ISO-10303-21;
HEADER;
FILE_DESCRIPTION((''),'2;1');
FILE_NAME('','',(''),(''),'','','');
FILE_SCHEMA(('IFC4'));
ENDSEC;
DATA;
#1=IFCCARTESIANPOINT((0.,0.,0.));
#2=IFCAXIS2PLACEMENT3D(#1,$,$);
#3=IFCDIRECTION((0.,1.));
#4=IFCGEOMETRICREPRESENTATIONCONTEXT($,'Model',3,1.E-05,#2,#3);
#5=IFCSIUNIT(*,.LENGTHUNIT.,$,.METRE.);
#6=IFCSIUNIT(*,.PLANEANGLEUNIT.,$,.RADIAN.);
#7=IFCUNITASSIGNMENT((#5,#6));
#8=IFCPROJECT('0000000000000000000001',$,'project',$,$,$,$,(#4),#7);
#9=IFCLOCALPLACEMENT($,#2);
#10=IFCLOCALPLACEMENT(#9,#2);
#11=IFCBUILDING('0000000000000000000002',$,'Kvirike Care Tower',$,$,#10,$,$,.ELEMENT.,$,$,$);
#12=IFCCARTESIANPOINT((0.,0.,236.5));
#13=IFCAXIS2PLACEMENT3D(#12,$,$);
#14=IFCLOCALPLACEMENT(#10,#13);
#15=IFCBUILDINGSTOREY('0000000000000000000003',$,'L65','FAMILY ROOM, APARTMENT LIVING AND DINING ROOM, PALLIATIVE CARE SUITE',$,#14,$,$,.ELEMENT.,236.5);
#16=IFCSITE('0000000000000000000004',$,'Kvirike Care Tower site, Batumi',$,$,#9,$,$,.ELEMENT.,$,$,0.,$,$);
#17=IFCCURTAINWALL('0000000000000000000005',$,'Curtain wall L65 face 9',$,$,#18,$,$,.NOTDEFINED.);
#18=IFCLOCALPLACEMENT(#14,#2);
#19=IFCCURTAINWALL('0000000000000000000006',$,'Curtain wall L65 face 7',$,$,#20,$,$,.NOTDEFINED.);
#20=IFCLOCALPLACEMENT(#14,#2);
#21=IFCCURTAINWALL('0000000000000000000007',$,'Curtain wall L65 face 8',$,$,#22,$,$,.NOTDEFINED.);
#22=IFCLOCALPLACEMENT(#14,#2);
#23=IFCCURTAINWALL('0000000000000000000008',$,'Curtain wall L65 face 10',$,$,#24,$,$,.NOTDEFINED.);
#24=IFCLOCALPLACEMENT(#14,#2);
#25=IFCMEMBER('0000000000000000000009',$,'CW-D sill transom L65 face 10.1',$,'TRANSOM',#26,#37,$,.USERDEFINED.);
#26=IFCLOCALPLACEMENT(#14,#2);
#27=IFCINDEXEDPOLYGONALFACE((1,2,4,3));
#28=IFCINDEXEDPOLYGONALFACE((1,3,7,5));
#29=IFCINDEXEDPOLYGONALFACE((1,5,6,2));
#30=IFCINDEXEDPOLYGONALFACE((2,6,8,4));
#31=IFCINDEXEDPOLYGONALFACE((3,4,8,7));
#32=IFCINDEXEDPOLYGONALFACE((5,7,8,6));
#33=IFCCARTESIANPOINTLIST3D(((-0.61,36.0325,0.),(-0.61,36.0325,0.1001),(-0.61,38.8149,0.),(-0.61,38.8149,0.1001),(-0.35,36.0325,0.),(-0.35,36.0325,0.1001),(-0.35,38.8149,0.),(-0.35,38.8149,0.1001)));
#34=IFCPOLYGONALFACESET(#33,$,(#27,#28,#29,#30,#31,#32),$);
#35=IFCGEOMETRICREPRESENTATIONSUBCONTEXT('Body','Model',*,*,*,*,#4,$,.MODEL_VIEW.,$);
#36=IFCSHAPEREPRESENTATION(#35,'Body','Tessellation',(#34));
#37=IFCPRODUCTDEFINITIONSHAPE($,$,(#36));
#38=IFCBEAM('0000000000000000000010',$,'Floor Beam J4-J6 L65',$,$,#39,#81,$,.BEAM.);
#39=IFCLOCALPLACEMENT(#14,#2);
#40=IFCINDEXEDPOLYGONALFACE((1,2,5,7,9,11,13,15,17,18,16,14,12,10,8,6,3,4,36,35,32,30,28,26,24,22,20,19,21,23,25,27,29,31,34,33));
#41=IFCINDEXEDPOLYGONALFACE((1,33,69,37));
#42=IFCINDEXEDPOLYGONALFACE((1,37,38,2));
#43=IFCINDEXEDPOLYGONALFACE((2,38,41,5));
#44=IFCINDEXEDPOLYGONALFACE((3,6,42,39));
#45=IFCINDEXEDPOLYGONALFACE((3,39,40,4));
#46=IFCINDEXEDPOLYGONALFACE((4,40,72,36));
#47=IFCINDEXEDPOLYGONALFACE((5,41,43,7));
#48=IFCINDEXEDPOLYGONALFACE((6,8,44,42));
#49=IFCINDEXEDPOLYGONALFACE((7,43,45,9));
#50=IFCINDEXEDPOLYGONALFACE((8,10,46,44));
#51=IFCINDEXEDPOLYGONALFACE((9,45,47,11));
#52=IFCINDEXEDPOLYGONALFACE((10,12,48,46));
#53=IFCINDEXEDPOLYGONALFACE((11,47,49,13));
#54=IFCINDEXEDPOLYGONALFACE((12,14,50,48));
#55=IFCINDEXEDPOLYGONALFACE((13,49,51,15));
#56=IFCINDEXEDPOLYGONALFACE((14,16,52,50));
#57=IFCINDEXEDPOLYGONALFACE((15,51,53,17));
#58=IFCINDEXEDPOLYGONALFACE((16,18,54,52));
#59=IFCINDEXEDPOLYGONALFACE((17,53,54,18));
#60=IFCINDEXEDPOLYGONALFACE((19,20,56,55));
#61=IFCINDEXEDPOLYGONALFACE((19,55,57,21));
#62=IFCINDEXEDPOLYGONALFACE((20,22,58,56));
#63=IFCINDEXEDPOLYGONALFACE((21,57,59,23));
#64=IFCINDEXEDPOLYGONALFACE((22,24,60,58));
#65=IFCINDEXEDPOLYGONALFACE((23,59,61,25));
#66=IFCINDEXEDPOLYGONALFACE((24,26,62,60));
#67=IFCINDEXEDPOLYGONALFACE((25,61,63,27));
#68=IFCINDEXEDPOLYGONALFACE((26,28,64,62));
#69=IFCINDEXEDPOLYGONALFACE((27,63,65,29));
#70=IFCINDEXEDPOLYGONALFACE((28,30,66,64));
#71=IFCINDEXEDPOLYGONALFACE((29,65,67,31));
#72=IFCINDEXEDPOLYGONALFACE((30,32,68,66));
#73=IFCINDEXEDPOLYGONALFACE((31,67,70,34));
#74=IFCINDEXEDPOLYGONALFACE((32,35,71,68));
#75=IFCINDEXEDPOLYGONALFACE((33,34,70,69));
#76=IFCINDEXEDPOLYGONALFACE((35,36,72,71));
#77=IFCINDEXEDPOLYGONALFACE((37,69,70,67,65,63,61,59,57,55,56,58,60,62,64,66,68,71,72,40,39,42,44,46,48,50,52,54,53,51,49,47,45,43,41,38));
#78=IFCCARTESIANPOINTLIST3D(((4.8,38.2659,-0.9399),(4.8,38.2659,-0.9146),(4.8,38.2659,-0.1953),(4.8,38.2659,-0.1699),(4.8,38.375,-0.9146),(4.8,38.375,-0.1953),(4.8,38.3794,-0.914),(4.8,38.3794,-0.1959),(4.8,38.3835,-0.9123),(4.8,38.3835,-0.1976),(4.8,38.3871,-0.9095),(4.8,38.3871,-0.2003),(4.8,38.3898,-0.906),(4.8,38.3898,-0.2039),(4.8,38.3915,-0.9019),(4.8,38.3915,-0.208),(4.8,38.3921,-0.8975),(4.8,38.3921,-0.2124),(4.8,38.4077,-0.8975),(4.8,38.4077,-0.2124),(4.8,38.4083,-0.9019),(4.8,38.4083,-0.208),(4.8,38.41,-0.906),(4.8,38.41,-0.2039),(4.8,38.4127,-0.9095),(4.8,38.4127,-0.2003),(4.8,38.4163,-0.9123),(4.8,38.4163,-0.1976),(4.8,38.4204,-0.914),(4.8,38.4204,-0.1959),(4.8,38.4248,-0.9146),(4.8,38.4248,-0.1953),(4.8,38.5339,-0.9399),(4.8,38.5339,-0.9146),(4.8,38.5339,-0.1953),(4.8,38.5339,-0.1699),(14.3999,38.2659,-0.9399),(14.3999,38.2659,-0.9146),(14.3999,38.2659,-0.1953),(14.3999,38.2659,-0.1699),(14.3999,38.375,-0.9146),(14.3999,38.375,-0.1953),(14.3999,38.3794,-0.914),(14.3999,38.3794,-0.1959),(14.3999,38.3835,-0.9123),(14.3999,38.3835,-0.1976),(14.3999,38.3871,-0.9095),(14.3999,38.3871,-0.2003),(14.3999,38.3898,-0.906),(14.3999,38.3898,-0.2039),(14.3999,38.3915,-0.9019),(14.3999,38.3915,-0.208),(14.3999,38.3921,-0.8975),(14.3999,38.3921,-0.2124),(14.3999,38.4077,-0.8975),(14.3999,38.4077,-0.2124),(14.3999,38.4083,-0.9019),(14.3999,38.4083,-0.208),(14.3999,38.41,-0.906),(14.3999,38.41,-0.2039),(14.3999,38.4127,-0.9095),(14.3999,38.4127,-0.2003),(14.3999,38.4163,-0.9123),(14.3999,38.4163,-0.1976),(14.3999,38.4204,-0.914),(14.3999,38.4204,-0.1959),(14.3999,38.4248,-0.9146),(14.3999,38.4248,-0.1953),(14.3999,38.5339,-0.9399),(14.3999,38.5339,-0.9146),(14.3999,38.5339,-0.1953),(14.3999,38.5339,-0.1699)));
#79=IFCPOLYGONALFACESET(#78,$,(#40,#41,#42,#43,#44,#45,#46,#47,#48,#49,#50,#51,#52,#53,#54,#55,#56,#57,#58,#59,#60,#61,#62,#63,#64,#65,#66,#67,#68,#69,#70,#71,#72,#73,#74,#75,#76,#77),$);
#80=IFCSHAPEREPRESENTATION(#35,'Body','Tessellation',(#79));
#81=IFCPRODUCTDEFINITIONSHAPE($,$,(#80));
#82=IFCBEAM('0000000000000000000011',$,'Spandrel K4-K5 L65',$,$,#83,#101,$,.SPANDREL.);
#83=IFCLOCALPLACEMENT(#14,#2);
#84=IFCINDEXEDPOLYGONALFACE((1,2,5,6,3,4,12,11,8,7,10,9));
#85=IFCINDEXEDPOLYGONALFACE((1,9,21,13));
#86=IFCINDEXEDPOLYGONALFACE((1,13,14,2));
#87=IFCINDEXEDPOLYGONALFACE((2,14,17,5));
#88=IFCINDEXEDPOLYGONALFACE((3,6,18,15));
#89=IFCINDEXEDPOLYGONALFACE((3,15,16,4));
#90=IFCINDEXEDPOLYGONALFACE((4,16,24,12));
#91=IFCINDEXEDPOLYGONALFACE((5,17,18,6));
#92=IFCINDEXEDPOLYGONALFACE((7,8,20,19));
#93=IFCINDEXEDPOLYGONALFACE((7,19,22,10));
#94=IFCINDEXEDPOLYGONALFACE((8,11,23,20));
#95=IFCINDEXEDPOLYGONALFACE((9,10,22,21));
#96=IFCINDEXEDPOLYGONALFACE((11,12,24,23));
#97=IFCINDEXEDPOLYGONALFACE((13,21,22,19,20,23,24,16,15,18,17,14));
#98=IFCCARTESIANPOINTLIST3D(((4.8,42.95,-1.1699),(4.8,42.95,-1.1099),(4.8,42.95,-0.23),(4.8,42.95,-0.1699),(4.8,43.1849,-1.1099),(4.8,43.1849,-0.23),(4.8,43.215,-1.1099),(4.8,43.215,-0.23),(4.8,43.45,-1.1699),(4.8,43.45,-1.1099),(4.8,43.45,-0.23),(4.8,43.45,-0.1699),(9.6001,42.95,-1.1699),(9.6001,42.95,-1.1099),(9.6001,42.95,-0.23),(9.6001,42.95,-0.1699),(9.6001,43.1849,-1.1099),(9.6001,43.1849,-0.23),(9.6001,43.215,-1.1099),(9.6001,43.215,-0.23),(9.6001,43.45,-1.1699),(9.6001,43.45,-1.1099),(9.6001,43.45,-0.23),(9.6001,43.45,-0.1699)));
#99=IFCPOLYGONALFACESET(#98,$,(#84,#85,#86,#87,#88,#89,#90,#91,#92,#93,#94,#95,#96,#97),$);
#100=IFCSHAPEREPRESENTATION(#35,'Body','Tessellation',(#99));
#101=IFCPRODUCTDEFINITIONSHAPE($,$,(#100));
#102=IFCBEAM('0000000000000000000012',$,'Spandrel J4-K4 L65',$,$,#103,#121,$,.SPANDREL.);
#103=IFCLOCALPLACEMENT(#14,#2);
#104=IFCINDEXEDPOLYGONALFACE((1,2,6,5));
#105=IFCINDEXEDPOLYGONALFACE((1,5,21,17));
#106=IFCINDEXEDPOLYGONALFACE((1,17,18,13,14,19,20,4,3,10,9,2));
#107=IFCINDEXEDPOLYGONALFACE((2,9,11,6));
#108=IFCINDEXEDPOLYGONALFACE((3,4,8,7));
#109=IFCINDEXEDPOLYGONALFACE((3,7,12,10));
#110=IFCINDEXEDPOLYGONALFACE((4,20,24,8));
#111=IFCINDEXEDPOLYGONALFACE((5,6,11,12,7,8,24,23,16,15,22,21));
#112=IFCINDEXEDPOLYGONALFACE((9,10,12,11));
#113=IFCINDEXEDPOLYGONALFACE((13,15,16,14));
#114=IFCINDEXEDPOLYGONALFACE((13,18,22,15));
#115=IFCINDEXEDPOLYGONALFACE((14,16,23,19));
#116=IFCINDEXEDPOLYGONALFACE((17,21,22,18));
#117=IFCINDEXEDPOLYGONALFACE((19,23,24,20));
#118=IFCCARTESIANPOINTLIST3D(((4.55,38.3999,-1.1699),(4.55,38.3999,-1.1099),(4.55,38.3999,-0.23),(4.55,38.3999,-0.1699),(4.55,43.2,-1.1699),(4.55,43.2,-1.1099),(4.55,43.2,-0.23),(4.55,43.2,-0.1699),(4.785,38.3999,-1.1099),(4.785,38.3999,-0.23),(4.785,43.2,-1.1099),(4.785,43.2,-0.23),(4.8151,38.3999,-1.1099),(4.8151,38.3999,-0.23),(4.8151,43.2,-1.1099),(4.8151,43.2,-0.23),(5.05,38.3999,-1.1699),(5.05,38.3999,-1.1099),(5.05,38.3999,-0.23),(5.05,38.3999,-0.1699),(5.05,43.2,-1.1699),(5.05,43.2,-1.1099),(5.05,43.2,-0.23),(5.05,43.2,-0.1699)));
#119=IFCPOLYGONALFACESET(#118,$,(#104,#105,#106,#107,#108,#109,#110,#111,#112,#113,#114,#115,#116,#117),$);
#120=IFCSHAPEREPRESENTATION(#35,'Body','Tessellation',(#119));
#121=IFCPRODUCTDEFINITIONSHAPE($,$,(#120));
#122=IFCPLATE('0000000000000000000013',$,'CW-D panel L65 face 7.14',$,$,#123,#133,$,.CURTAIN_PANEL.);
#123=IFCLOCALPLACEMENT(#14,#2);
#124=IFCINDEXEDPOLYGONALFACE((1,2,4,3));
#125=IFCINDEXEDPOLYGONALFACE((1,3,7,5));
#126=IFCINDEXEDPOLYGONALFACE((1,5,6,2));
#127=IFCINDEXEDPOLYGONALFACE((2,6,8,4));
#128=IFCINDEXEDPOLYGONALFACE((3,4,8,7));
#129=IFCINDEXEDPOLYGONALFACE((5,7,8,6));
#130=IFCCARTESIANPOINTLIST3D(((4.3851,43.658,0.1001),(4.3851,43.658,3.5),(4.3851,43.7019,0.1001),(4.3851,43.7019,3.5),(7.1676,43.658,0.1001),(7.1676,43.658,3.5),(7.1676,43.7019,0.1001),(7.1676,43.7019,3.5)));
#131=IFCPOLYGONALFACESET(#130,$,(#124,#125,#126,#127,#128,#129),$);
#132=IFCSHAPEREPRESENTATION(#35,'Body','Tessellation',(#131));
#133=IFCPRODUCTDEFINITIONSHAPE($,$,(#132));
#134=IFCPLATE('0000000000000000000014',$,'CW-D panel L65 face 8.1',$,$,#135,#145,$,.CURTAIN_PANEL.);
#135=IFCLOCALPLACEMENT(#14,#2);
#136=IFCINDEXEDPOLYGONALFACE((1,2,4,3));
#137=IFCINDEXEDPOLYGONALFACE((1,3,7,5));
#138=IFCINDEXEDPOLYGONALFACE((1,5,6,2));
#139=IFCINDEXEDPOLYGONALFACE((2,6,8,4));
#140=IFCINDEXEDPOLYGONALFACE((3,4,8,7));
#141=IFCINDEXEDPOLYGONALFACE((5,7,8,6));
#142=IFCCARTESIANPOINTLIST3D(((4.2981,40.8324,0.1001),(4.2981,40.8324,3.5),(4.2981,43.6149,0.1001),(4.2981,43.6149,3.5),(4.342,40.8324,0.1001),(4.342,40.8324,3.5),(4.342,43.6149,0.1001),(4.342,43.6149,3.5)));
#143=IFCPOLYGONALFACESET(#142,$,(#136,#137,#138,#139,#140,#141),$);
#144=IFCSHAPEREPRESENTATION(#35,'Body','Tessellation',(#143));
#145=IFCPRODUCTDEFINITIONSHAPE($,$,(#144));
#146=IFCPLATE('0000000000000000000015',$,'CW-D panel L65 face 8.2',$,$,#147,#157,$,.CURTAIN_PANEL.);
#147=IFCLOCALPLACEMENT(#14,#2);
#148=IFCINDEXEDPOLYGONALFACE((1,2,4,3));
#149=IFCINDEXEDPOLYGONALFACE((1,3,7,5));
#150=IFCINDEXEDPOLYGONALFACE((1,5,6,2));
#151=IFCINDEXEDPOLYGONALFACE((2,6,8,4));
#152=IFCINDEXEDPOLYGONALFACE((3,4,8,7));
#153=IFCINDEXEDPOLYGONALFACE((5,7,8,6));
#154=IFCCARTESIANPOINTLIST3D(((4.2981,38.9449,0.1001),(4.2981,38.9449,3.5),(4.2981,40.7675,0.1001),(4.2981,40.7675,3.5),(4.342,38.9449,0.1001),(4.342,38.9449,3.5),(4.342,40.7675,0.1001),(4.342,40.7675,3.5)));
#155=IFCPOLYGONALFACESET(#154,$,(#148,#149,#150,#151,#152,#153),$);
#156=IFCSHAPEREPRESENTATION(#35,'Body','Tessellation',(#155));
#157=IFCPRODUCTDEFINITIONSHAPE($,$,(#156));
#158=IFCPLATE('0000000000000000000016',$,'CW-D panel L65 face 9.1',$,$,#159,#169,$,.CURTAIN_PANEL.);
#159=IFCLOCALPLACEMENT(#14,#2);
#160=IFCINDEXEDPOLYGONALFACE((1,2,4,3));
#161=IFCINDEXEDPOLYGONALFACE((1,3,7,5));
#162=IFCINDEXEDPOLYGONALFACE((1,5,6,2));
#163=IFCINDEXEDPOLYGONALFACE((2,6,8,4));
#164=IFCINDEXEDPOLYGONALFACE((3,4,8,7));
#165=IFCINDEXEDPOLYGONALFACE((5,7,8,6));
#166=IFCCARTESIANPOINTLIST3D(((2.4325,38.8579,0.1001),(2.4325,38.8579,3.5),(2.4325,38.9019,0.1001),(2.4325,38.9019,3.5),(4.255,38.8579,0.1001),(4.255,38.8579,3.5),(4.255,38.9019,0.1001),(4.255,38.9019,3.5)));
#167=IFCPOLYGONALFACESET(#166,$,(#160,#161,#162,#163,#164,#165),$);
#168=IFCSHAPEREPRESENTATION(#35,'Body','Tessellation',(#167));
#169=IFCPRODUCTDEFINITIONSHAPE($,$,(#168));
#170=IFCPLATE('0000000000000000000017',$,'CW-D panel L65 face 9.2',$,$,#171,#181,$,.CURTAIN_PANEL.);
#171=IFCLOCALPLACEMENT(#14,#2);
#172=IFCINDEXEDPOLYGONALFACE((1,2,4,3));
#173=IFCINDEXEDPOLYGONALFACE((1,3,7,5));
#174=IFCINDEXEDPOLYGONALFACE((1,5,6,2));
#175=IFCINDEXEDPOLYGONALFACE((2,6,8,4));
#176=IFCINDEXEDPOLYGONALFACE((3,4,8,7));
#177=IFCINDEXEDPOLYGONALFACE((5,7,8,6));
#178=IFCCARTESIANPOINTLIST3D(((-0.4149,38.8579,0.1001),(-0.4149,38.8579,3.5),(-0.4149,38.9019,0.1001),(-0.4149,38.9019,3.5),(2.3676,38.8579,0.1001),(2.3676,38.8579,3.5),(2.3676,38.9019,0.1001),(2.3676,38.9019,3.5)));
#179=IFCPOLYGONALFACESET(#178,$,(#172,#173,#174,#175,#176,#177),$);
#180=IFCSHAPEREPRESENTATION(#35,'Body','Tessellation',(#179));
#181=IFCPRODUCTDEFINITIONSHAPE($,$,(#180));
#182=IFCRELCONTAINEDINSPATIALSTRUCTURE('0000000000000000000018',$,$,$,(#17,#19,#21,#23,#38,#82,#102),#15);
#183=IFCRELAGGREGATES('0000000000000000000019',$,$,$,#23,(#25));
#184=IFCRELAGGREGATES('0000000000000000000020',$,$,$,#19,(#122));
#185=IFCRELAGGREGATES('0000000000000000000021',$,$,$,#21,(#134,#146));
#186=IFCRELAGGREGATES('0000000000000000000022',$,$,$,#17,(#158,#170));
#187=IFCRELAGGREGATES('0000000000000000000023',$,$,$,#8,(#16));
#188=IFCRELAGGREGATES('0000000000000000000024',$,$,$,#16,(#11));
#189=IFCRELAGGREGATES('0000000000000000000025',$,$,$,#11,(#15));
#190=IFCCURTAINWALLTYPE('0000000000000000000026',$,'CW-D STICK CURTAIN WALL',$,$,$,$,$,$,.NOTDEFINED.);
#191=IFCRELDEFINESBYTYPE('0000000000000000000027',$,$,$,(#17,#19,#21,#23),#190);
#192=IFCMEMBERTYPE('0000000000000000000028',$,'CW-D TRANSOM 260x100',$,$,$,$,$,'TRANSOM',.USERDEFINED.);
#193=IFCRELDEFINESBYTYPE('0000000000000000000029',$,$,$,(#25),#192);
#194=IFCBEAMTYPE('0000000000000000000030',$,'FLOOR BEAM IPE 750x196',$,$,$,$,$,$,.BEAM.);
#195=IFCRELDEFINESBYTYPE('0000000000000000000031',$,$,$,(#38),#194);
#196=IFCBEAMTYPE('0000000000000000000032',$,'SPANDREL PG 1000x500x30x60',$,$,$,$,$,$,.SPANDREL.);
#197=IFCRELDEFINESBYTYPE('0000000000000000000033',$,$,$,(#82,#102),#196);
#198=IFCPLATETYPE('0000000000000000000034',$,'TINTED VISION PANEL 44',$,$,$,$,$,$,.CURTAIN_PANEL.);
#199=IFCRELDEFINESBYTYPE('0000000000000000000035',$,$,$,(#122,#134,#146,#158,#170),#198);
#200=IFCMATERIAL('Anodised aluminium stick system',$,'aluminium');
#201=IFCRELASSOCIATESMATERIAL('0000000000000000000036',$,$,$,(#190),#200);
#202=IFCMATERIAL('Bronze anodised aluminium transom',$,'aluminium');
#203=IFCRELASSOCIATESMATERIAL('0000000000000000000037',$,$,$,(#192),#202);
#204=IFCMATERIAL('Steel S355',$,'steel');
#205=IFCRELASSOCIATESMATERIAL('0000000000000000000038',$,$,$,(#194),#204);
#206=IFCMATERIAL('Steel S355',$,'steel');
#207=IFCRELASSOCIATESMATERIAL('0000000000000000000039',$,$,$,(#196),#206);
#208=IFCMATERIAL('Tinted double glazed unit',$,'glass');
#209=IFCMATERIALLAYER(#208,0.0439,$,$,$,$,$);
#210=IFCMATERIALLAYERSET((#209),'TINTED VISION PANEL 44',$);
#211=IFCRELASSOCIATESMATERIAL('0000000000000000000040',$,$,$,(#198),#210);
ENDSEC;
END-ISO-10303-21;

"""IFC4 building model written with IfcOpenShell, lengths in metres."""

from ifc_helpers import new_model, si_unit, direction, frame, origin, origin_2d, place, context, subcontext, project, spatial, rectangle, i_section, extrude, material, layer, layer_set, material_profile, profile_set, type_object, element, aggregate, save


model = new_model("IFC4")

# Units and contexts
model_context = context("Model", 3, precision=1e-05, world=origin(), true_north=direction((0.0, 1.0)))
body_context = subcontext(model_context, "Body", "Model", "MODEL_VIEW")
ifc_project = project(units=[si_unit("LENGTHUNIT", "METRE"), si_unit("PLANEANGLEUNIT", "RADIAN")], contexts=[model_context])

# Site, building, storey
site_placement = place(None, origin())
site = spatial("IfcSite", under=ifc_project, at=site_placement, Name="Kvirike Care Tower site, Batumi", CompositionType="ELEMENT", RefElevation=0.0)
building_placement = place(site_placement, origin())
building = spatial("IfcBuilding", under=site, at=building_placement, Name="Kvirike Care Tower", CompositionType="ELEMENT")
storey_placement = place(building_placement, frame((0.0, 0.0, 236.5)))
storey = spatial("IfcBuildingStorey", under=building, at=storey_placement, Name="L65", Description="FAMILY ROOM, APARTMENT LIVING AND DINING ROOM, PALLIATIVE CARE SUITE", CompositionType="ELEMENT", Elevation=236.5)

# Curtain walls
ifc_material_1 = material(Name="Anodised aluminium stick system", Category="aluminium")
curtain_wall_type = type_object("IfcCurtainWallType", Name="CW-D STICK CURTAIN WALL", PredefinedType="NOTDEFINED", material=ifc_material_1)
curtain_wall_1_placement = place(storey_placement, origin())
curtain_wall_1 = element("IfcCurtainWall", 1, at=curtain_wall_1_placement, inside=storey, type_object=curtain_wall_type, Name="Curtain wall L65 face 9", PredefinedType="NOTDEFINED")
curtain_wall_2_placement = place(storey_placement, origin())
curtain_wall_2 = element("IfcCurtainWall", 2, at=curtain_wall_2_placement, inside=storey, type_object=curtain_wall_type, Name="Curtain wall L65 face 7", PredefinedType="NOTDEFINED")

# Curtain wall
curtain_wall_3_placement = place(storey_placement, origin())
curtain_wall_3 = element("IfcCurtainWall", 3, at=curtain_wall_3_placement, inside=storey, type_object=curtain_wall_type, Name="Curtain wall L65 face 8", PredefinedType="NOTDEFINED")

# Curtain wall
curtain_wall_4_placement = place(storey_placement, origin())
curtain_wall_4 = element("IfcCurtainWall", 4, at=curtain_wall_4_placement, inside=storey, type_object=curtain_wall_type, Name="Curtain wall L65 face 10", PredefinedType="NOTDEFINED")

# Member
ifc_material_2 = material(Name="Bronze anodised aluminium transom", Category="aluminium")
ifc_material_profile_1 = material_profile(ifc_material_2, rectangle(XDim=0.26, YDim=0.1001, at=origin_2d()), Name="CW-D TRANSOM 260x100")
ifc_profile_set_1 = profile_set([ifc_material_profile_1], Name="Bronze anodised aluminium transom")
member_type_1 = type_object("IfcMemberType", Name="CW-D TRANSOM 260x100", ElementType="TRANSOM", PredefinedType="USERDEFINED", material=ifc_profile_set_1)
member_1_placement = place(storey_placement, frame((-0.48, 38.8149, 0.05), z_axis=(0.0, -1.0, 0.0), x_axis=(1.0, 0.0, 0.0)))
member_1 = element("IfcMember", 5, at=member_1_placement, type_object=member_type_1, Name="CW-D sill transom L65 face 10.1", ObjectType="TRANSOM", PredefinedType="USERDEFINED", context=body_context, shape_type="SweptSolid", body=[
    extrude(rectangle(XDim=0.26, YDim=0.1001, at=origin_2d()), origin(), (0.0, 0.0, 1.0), 2.7825),
])
aggregate(curtain_wall_4, [member_1])

# Beams
ifc_material_3 = material(Name="Steel S355", Category="steel")
ifc_material_profile_2 = material_profile(ifc_material_3, i_section(OverallWidth=0.2681, OverallDepth=0.77, WebThickness=0.0156, FlangeThickness=0.0254, FilletRadius=0.0171, at=origin_2d()), Name="IPE 750x196")
ifc_profile_set_2 = profile_set([ifc_material_profile_2], Name="Steel S355")
beam_type_1 = type_object("IfcBeamType", Name="FLOOR BEAM IPE 750x196", PredefinedType="BEAM", material=ifc_profile_set_2)
beam_placement = place(storey_placement, frame((4.8, 38.3999, -0.5549), z_axis=(1.0, 0.0, 0.0), x_axis=(0.0, 1.0, 0.0)))
element("IfcBeam", 6, at=beam_placement, inside=storey, type_object=beam_type_1, Name="Floor Beam J4-J6 L65", PredefinedType="BEAM", context=body_context, shape_type="SweptSolid", body=[
    extrude(i_section(OverallWidth=0.2681, OverallDepth=0.77, WebThickness=0.0156, FlangeThickness=0.0254, FilletRadius=0.0171, at=origin_2d()), origin(), (0.0, 0.0, 1.0), 9.5999),
])
ifc_material_4 = material(Name="Steel S355", Category="steel")
ifc_material_profile_3 = material_profile(ifc_material_4, i_section(OverallWidth=0.5, OverallDepth=1.0, WebThickness=0.03, FlangeThickness=0.0601, at=origin_2d()), Name="PG 1000x500x30x60")
ifc_profile_set_3 = profile_set([ifc_material_profile_3], Name="Steel S355")
beam_type_2 = type_object("IfcBeamType", Name="SPANDREL PG 1000x500x30x60", PredefinedType="SPANDREL", material=ifc_profile_set_3)
for number, where, z_axis, x_axis, name in (
    (7, (4.8, 43.2, -0.6699), (1.0, 0.0, 0.0), (0.0, 1.0, 0.0), "Spandrel K4-K5 L65"),
    (8, (4.8, 38.3999, -0.6699), (0.0, 1.0, 0.0), (-1.0, 0.0, 0.0), "Spandrel J4-K4 L65"),
):
    element("IfcBeam", number, at=place(storey_placement, frame(where, z_axis=z_axis, x_axis=x_axis)), inside=storey, type_object=beam_type_2, Name=name, PredefinedType="SPANDREL", context=body_context, shape_type="SweptSolid", body=[
        extrude(i_section(OverallWidth=0.5, OverallDepth=1.0, WebThickness=0.03, FlangeThickness=0.0601, at=origin_2d()), origin(), (0.0, 0.0, 1.0), 4.8),
    ])

# Plates
ifc_material_5 = material(Name="Tinted double glazed unit", Category="glass")
ifc_layer_1 = layer(ifc_material_5, 0.0439)
ifc_layer_set_1 = layer_set([ifc_layer_1], Name="TINTED VISION PANEL 44")
plate_type = type_object("IfcPlateType", Name="TINTED VISION PANEL 44", PredefinedType="CURTAIN_PANEL", material=ifc_layer_set_1)
plate_1_placement = place(storey_placement, frame((5.7764, 43.6799, 0.1001), z_axis=(0.0, 0.0, 1.0), x_axis=(-1.0, 0.0, 0.0)))
plate_1 = element("IfcPlate", 9, at=plate_1_placement, type_object=plate_type, Name="CW-D panel L65 face 7.14", PredefinedType="CURTAIN_PANEL", context=body_context, shape_type="SweptSolid", body=[
    extrude(rectangle(XDim=2.7825, YDim=0.0439, at=origin_2d()), origin(), (0.0, 0.0, 1.0), 3.3999),
])
aggregate(curtain_wall_2, [plate_1])
plate_2_placement = place(storey_placement, frame((4.3201, 42.2236, 0.1001), z_axis=(0.0, 0.0, 1.0), x_axis=(0.0, -1.0, 0.0)))
plate_2 = element("IfcPlate", 10, at=plate_2_placement, type_object=plate_type, Name="CW-D panel L65 face 8.1", PredefinedType="CURTAIN_PANEL", context=body_context, shape_type="SweptSolid", body=[
    extrude(rectangle(XDim=2.7825, YDim=0.0439, at=origin_2d()), origin(), (0.0, 0.0, 1.0), 3.3999),
])
plate_3_placement = place(storey_placement, frame((4.3201, 39.8562, 0.1001), z_axis=(0.0, 0.0, 1.0), x_axis=(0.0, -1.0, 0.0)))
plate_3 = element("IfcPlate", 11, at=plate_3_placement, type_object=plate_type, Name="CW-D panel L65 face 8.2", PredefinedType="CURTAIN_PANEL", context=body_context, shape_type="SweptSolid", body=[
    extrude(rectangle(XDim=1.8225, YDim=0.0439, at=origin_2d()), origin(), (0.0, 0.0, 1.0), 3.3999),
])
aggregate(curtain_wall_3, [plate_2, plate_3])
plate_4_placement = place(storey_placement, frame((3.3438, 38.8799, 0.1001), z_axis=(0.0, 0.0, 1.0), x_axis=(-1.0, 0.0, 0.0)))
plate_4 = element("IfcPlate", 12, at=plate_4_placement, type_object=plate_type, Name="CW-D panel L65 face 9.1", PredefinedType="CURTAIN_PANEL", context=body_context, shape_type="SweptSolid", body=[
    extrude(rectangle(XDim=1.8225, YDim=0.0439, at=origin_2d()), origin(), (0.0, 0.0, 1.0), 3.3999),
])
plate_5_placement = place(storey_placement, frame((0.9763, 38.8799, 0.1001), z_axis=(0.0, 0.0, 1.0), x_axis=(-1.0, 0.0, 0.0)))
plate_5 = element("IfcPlate", 13, at=plate_5_placement, type_object=plate_type, Name="CW-D panel L65 face 9.2", PredefinedType="CURTAIN_PANEL", context=body_context, shape_type="SweptSolid", body=[
    extrude(rectangle(XDim=2.7825, YDim=0.0439, at=origin_2d()), origin(), (0.0, 0.0, 1.0), 3.3999),
])
aggregate(curtain_wall_1, [plate_4, plate_5])

save(model, "model.ifc")
